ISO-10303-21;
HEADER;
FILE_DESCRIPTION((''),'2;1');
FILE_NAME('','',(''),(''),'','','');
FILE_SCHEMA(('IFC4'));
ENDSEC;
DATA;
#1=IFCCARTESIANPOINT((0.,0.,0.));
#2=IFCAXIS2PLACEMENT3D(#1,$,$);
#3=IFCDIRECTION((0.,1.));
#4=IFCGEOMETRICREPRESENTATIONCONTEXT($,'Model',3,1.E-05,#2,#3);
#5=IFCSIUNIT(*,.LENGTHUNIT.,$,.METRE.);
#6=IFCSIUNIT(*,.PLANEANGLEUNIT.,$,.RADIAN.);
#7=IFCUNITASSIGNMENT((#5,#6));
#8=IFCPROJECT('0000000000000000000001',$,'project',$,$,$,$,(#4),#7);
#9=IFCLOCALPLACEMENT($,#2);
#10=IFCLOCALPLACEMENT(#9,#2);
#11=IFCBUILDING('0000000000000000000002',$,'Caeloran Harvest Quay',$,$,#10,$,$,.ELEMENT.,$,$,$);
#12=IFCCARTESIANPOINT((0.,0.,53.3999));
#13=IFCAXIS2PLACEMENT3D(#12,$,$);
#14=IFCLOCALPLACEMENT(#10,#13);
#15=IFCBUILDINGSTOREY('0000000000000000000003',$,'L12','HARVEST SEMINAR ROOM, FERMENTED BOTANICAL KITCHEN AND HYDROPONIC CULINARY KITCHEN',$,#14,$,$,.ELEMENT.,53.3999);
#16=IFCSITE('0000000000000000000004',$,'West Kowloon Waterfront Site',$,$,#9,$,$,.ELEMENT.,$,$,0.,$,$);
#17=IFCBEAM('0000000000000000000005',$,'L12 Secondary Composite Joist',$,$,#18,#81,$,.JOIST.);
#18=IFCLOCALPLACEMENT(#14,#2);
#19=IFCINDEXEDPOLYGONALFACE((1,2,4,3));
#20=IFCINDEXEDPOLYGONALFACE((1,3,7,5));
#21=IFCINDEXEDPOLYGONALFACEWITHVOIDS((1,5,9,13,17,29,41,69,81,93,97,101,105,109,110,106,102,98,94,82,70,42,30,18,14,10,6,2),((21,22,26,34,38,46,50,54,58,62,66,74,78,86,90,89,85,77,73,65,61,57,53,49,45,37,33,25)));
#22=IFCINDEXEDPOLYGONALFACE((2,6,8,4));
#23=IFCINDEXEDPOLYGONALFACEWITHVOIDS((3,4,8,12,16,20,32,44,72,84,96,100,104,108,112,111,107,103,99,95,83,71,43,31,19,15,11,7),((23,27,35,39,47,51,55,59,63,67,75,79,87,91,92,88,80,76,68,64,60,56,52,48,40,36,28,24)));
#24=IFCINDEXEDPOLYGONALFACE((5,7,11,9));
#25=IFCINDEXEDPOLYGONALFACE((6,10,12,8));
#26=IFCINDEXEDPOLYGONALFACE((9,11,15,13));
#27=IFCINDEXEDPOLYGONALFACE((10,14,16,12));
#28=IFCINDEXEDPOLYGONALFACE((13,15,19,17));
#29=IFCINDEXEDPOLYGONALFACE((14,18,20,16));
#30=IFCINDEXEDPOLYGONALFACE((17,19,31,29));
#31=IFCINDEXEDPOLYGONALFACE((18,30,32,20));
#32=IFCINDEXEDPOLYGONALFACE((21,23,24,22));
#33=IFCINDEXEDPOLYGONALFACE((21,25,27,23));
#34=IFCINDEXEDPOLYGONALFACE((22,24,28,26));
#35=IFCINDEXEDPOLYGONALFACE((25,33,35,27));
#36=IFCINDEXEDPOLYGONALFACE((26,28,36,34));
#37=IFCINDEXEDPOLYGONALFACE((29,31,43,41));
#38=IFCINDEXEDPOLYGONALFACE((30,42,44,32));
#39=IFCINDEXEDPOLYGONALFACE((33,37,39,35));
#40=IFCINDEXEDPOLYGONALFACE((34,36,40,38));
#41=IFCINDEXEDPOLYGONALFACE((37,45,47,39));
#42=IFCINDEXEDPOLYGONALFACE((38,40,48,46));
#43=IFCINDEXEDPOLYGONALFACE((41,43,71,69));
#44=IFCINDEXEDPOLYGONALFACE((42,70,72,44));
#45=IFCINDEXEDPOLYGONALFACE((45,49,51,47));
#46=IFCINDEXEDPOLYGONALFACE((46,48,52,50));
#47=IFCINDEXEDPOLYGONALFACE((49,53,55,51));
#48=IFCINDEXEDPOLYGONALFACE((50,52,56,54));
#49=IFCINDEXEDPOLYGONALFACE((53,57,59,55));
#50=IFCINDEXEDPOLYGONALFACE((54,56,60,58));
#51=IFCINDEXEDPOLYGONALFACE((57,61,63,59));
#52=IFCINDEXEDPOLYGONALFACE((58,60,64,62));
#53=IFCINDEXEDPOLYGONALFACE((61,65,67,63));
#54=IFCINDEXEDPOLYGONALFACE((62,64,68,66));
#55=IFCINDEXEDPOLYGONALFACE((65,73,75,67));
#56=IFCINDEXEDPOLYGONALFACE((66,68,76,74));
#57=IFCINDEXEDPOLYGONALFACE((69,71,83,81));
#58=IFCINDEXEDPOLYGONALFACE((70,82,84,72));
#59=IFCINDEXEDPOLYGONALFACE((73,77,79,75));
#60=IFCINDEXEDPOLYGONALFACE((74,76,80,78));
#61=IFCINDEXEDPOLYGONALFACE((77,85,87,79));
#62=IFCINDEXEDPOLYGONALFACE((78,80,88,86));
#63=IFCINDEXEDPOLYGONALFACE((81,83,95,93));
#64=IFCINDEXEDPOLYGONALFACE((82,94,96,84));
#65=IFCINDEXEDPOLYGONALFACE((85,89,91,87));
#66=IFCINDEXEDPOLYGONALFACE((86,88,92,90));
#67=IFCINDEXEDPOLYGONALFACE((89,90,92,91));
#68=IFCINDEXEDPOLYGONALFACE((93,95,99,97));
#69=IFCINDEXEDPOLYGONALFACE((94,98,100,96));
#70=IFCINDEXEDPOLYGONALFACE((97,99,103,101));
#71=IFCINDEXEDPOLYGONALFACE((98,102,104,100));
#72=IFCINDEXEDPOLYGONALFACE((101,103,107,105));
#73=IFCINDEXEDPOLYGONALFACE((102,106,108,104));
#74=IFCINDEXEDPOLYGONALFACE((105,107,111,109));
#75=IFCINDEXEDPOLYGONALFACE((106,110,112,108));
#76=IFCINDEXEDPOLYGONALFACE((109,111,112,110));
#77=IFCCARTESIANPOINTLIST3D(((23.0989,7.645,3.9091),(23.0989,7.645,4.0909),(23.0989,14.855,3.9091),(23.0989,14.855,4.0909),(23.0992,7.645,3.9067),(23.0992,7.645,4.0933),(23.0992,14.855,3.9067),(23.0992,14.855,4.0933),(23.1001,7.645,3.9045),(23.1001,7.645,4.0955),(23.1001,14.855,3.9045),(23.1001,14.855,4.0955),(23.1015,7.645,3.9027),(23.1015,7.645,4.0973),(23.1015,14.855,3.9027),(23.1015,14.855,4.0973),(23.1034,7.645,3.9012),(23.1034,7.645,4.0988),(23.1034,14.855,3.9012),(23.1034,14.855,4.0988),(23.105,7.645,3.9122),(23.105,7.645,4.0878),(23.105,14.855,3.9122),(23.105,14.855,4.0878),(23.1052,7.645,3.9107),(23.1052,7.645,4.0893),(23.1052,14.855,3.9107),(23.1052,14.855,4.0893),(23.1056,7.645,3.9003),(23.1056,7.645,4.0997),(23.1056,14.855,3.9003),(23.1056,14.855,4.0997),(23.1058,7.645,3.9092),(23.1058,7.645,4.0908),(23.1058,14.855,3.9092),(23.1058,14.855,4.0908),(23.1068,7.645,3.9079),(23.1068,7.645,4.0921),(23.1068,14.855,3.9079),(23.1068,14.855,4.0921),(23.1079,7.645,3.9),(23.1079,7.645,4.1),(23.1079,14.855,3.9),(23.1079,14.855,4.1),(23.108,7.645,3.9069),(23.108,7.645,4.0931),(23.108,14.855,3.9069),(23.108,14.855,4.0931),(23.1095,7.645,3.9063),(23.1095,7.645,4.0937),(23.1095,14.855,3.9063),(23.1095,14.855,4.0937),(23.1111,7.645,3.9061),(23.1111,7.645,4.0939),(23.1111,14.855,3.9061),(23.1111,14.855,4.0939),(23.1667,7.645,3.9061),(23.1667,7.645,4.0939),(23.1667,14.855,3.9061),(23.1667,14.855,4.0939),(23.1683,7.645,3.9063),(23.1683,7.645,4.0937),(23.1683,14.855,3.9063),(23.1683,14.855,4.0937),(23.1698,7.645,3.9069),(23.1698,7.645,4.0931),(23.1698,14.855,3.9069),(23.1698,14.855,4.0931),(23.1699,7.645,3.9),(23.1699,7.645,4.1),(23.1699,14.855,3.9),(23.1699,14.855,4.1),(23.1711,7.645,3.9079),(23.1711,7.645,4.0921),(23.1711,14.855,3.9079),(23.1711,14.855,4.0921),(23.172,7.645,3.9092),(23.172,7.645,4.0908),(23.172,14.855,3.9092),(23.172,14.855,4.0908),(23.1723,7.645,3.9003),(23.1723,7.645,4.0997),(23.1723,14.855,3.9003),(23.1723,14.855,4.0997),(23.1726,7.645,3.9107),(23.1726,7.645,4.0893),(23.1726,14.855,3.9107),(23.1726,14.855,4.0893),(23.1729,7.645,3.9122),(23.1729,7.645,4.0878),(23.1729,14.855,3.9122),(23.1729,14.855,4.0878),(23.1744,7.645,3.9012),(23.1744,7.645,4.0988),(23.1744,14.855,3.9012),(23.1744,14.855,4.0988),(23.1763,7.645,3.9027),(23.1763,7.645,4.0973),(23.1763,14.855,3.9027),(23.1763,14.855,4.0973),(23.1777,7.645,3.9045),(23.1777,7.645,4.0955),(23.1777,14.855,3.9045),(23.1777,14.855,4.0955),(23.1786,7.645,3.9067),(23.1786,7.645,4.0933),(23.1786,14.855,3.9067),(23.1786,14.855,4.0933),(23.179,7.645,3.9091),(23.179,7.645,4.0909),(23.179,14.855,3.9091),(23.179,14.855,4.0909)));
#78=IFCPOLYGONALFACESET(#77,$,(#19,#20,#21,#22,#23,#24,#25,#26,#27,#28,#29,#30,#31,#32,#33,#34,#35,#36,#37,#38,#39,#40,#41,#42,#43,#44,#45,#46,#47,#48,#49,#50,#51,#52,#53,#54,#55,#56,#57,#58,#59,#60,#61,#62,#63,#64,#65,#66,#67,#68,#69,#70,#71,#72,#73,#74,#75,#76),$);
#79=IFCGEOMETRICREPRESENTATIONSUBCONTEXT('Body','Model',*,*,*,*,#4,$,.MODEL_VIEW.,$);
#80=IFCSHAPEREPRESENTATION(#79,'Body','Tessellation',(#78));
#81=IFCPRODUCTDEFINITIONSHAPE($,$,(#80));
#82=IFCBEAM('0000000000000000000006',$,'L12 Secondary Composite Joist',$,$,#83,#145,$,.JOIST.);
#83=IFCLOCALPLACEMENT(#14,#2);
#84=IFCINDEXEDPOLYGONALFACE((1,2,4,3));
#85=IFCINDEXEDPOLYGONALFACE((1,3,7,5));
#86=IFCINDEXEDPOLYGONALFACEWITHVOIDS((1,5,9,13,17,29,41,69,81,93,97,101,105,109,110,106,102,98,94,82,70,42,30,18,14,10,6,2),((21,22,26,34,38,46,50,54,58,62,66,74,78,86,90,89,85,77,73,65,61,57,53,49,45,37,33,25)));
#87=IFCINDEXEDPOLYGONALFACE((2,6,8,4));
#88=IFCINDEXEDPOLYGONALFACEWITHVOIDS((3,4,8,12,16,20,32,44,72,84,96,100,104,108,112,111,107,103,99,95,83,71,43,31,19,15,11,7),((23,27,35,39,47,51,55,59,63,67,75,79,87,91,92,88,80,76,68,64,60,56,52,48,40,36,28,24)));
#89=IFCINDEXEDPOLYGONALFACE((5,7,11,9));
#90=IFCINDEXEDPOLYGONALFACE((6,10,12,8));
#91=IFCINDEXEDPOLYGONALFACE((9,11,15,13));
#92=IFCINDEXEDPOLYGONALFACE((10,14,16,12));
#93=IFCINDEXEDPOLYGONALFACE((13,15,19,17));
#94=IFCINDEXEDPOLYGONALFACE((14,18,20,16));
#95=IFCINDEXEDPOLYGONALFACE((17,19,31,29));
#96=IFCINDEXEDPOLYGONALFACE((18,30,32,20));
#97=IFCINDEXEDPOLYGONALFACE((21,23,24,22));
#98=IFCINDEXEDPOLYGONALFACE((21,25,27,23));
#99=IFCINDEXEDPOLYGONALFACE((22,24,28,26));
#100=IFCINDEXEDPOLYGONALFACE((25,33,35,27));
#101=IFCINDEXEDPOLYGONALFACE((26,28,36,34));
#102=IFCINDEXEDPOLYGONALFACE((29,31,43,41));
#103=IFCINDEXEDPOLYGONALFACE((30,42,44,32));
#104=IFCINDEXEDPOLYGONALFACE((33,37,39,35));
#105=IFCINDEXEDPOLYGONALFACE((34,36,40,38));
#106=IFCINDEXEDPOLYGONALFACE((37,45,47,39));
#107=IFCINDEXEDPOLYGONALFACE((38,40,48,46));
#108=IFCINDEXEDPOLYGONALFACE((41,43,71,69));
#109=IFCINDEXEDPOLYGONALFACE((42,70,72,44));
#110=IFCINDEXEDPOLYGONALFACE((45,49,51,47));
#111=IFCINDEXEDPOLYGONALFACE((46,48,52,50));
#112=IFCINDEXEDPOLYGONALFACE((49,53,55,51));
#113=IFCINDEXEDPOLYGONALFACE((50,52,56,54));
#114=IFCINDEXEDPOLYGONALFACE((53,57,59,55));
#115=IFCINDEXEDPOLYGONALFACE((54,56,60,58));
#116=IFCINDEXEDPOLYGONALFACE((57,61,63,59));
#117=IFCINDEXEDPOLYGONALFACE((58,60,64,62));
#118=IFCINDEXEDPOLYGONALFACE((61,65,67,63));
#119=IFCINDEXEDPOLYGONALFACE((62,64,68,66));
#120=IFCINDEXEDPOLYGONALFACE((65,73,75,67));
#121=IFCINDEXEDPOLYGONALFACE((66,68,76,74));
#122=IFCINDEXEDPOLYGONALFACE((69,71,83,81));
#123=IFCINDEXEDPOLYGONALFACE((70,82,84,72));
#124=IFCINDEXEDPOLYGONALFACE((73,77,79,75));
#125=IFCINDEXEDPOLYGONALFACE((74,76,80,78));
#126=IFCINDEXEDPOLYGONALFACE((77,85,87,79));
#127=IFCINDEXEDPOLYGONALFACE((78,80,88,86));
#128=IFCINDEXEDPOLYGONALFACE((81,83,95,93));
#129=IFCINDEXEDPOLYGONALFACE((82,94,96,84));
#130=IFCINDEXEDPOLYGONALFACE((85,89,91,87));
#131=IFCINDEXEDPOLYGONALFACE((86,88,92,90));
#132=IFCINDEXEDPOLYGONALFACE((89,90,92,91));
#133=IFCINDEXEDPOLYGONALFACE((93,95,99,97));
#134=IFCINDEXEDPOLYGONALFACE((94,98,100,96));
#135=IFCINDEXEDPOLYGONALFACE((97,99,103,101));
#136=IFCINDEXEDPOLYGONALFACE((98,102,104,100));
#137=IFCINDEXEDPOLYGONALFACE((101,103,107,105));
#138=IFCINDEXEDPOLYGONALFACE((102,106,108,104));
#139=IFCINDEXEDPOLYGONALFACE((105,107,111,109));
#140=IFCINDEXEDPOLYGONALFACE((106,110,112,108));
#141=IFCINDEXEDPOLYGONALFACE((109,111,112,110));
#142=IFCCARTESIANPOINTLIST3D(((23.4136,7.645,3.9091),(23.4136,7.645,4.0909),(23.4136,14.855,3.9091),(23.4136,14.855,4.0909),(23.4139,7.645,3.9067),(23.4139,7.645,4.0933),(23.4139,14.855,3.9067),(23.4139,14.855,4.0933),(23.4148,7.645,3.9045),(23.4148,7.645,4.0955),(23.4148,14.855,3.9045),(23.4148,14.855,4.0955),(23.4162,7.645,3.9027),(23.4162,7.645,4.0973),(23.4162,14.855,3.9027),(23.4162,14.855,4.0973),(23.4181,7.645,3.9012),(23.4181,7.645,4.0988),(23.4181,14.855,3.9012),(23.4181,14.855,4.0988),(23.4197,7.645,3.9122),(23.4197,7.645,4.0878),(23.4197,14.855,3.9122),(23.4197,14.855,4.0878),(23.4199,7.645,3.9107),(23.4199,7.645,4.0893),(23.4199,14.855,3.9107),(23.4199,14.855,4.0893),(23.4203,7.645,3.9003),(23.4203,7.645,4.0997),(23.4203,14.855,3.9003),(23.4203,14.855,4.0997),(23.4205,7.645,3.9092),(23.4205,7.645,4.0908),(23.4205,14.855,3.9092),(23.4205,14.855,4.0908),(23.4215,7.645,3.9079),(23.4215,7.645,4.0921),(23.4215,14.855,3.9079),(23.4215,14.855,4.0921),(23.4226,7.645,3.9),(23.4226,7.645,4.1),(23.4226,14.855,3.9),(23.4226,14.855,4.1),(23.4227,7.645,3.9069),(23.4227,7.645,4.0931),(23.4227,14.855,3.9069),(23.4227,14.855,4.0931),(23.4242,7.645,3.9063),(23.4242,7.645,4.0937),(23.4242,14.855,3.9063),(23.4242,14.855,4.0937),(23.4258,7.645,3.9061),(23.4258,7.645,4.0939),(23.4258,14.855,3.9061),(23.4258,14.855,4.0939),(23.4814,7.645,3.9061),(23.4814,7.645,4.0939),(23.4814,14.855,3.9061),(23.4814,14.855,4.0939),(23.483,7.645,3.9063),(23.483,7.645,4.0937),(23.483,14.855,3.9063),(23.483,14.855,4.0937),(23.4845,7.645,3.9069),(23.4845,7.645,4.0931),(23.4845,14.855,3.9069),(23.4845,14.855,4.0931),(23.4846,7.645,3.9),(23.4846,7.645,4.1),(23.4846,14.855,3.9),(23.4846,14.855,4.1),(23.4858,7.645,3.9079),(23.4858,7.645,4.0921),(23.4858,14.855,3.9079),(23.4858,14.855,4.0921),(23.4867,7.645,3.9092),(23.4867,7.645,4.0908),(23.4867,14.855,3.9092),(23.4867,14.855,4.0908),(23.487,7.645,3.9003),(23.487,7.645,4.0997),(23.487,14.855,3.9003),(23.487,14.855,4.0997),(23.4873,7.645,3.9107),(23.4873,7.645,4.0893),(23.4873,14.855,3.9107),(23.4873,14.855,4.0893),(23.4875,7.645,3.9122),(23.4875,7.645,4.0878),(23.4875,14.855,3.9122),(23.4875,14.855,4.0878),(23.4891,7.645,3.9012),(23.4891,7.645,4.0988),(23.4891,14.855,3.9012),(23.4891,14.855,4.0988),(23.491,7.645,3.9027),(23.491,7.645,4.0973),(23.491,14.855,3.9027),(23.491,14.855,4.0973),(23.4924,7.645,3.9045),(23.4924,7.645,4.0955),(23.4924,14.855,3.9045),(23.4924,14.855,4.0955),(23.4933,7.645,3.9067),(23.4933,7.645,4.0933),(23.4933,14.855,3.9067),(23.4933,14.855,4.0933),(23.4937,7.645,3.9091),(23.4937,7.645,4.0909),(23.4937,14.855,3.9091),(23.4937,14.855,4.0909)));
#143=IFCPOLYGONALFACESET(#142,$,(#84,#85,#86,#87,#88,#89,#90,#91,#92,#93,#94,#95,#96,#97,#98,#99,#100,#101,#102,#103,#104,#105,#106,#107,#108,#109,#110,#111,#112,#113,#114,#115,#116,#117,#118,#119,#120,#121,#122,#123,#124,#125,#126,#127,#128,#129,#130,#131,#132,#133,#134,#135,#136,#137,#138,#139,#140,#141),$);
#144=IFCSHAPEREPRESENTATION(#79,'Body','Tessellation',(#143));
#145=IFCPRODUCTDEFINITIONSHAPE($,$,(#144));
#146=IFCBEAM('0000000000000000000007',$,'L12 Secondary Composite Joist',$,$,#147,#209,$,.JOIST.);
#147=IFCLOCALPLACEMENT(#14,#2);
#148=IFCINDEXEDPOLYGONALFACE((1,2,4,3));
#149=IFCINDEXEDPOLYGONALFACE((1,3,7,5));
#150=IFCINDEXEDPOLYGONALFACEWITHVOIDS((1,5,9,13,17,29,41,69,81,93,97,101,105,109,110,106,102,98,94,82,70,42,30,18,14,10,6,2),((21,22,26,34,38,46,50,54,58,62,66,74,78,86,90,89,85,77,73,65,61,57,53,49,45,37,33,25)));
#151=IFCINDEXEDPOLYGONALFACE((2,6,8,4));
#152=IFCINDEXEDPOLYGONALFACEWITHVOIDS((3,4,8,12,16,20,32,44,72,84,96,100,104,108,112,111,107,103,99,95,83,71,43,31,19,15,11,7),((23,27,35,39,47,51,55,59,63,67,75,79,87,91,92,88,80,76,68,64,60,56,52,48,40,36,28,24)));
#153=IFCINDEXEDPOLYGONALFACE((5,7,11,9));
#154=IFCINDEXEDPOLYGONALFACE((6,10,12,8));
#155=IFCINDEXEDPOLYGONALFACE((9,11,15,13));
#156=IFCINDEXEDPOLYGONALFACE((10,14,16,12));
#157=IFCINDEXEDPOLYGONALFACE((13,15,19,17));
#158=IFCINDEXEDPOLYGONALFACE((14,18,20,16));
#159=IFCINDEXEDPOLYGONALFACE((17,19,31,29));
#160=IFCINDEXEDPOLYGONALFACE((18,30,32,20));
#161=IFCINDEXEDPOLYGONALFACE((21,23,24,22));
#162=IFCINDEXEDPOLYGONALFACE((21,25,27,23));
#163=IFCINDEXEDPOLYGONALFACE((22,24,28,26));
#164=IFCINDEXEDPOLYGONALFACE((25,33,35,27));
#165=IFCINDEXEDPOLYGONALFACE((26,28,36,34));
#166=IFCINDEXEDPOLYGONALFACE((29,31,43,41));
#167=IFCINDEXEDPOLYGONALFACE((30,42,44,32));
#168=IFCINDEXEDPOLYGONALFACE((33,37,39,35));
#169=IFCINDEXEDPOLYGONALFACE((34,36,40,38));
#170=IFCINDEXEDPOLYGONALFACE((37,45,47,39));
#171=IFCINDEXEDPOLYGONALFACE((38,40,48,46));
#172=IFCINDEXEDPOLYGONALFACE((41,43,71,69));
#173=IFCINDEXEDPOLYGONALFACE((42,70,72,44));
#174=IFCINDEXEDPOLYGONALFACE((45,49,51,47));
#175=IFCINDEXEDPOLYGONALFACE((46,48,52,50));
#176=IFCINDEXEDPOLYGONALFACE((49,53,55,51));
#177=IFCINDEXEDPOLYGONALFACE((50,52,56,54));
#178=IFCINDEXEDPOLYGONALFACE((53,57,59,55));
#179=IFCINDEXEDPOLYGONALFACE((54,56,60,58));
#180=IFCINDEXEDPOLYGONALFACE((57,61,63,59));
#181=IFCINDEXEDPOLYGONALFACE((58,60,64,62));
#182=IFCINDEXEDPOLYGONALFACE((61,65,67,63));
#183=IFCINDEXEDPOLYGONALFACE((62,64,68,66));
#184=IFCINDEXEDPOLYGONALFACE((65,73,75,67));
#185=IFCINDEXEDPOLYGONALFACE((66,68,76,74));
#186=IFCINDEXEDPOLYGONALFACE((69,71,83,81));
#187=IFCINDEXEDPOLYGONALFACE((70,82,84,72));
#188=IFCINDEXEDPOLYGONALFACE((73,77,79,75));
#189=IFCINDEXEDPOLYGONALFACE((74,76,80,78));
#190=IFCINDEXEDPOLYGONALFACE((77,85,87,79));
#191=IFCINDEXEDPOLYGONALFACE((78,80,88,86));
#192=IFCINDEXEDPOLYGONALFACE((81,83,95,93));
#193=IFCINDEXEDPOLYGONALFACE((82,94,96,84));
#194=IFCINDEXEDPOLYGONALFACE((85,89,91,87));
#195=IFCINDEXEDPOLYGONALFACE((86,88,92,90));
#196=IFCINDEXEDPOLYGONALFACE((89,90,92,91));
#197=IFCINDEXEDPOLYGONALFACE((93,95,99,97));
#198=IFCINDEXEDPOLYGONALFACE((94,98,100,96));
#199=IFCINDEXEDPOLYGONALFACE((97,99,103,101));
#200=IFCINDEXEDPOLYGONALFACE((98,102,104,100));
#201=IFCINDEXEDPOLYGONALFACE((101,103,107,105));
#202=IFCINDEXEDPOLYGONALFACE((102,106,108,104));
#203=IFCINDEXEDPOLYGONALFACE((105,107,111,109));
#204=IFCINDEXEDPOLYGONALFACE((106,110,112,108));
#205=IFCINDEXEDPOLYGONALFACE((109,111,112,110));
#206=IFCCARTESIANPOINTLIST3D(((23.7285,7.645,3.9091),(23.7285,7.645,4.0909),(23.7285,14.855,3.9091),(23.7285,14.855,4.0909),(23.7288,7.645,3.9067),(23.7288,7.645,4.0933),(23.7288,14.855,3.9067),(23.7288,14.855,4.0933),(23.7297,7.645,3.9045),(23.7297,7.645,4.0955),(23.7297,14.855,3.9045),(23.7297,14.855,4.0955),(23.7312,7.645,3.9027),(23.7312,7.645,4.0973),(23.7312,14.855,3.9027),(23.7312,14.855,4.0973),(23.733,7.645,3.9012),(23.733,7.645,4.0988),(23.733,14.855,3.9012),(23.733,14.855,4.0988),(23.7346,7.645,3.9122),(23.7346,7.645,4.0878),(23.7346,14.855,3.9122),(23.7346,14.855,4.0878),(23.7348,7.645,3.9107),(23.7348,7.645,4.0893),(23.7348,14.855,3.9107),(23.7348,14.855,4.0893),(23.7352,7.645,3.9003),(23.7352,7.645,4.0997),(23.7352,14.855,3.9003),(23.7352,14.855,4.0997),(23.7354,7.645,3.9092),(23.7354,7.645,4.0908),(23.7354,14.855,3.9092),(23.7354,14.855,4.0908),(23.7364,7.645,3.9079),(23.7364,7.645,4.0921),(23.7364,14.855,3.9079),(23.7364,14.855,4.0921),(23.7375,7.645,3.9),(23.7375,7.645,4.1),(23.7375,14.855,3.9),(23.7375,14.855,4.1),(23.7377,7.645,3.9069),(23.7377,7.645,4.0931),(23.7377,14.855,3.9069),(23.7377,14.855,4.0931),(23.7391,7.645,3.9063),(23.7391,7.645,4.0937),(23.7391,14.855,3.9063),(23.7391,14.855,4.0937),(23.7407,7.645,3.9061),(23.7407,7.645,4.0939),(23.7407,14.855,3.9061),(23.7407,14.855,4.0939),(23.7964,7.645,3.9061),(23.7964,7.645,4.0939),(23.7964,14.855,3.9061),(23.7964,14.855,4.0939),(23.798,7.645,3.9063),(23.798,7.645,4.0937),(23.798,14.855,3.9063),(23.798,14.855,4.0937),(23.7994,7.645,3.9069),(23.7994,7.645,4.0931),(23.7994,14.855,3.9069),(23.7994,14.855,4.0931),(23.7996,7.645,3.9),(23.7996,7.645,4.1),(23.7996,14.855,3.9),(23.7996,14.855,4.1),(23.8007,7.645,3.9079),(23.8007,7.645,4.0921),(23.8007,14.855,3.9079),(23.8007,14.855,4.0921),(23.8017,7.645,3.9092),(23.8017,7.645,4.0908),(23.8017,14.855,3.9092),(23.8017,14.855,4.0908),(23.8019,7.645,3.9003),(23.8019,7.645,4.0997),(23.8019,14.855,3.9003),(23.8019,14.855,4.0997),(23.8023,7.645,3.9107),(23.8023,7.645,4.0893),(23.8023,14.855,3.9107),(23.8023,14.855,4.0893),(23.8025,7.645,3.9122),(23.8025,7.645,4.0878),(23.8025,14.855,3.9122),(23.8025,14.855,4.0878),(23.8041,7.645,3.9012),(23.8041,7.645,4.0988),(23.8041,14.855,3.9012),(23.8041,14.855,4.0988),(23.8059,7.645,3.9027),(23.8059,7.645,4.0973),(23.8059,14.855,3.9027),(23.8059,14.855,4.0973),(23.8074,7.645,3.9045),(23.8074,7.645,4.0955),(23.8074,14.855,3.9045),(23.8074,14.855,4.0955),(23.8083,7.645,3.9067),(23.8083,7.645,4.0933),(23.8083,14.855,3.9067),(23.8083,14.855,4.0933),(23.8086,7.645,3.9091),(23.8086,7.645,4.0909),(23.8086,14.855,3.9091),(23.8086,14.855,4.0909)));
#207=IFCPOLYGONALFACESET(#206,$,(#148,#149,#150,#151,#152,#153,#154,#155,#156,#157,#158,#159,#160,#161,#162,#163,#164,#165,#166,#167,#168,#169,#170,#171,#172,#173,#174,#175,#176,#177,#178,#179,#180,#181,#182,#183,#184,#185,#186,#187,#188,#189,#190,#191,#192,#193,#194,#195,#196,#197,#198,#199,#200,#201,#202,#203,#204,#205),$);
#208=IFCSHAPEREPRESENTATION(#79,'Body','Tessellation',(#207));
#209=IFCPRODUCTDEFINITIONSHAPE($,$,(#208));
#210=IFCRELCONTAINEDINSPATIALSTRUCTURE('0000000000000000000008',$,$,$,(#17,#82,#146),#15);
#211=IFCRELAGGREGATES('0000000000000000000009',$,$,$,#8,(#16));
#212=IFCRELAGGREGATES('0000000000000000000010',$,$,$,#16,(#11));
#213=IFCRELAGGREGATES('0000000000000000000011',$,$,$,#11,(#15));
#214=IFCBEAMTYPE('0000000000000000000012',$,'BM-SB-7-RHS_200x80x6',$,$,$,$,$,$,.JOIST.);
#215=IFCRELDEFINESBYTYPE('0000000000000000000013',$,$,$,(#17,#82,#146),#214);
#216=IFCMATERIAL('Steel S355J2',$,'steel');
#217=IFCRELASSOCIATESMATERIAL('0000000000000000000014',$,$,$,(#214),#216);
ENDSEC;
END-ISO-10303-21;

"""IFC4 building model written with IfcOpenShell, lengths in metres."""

from ifc_helpers import new_model, si_unit, direction, frame, origin, origin_2d, place, context, subcontext, project, spatial, hollow_rectangle, extrude, material, material_profile, profile_set, type_object, element, save


model = new_model("IFC4")

# Units and contexts
model_context = context("Model", 3, precision=1e-05, world=origin(), true_north=direction((0.0, 1.0)))
body_context = subcontext(model_context, "Body", "Model", "MODEL_VIEW")
ifc_project = project(units=[si_unit("LENGTHUNIT", "METRE"), si_unit("PLANEANGLEUNIT", "RADIAN")], contexts=[model_context])

# Site, building, storey
site_placement = place(None, origin())
site = spatial("IfcSite", under=ifc_project, at=site_placement, Name="West Kowloon Waterfront Site", CompositionType="ELEMENT", RefElevation=0.0)
building_placement = place(site_placement, origin())
building = spatial("IfcBuilding", under=site, at=building_placement, Name="Caeloran Harvest Quay", CompositionType="ELEMENT")
storey_placement = place(building_placement, frame((0.0, 0.0, 53.3999)))
storey = spatial("IfcBuildingStorey", under=building, at=storey_placement, Name="L12", Description="HARVEST SEMINAR ROOM, FERMENTED BOTANICAL KITCHEN AND HYDROPONIC CULINARY KITCHEN", CompositionType="ELEMENT", Elevation=53.3999)

# Beams
ifc_material_1 = material(Name="Steel S355J2", Category="steel")
ifc_material_profile_1 = material_profile(ifc_material_1, hollow_rectangle(XDim=0.0801, YDim=0.2, WallThickness=0.0061, InnerFilletRadius=0.0061, OuterFilletRadius=0.009, at=origin_2d()), Name="RHS 200x80x6")
ifc_profile_set_1 = profile_set([ifc_material_profile_1], Name="Steel S355J2")
beam_type_1 = type_object("IfcBeamType", Name="BM-SB-7-RHS_200x80x6", PredefinedType="JOIST", material=ifc_profile_set_1)
for number, where, z_axis, x_axis, name in (
    (1, (23.1389, 7.645, 4.0), (0.0, 1.0, 0.0), (-1.0, 0.0, 0.0), "L12 Secondary Composite Joist"),
    (2, (23.4536, 7.645, 4.0), (0.0, 1.0, 0.0), (-1.0, 0.0, 0.0), "L12 Secondary Composite Joist"),
    (3, (23.7686, 7.645, 4.0), (0.0, 1.0, 0.0), (-1.0, 0.0, 0.0), "L12 Secondary Composite Joist"),
):
    element("IfcBeam", number, at=place(storey_placement, frame(where, z_axis=z_axis, x_axis=x_axis)), inside=storey, type_object=beam_type_1, Name=name, PredefinedType="JOIST", context=body_context, shape_type="SweptSolid", body=[
        extrude(hollow_rectangle(XDim=0.0801, YDim=0.2, WallThickness=0.0061, InnerFilletRadius=0.0061, OuterFilletRadius=0.009, at=origin_2d()), origin(), (0.0, 0.0, 1.0), 7.21),
    ])

save(model, "model.ifc")
